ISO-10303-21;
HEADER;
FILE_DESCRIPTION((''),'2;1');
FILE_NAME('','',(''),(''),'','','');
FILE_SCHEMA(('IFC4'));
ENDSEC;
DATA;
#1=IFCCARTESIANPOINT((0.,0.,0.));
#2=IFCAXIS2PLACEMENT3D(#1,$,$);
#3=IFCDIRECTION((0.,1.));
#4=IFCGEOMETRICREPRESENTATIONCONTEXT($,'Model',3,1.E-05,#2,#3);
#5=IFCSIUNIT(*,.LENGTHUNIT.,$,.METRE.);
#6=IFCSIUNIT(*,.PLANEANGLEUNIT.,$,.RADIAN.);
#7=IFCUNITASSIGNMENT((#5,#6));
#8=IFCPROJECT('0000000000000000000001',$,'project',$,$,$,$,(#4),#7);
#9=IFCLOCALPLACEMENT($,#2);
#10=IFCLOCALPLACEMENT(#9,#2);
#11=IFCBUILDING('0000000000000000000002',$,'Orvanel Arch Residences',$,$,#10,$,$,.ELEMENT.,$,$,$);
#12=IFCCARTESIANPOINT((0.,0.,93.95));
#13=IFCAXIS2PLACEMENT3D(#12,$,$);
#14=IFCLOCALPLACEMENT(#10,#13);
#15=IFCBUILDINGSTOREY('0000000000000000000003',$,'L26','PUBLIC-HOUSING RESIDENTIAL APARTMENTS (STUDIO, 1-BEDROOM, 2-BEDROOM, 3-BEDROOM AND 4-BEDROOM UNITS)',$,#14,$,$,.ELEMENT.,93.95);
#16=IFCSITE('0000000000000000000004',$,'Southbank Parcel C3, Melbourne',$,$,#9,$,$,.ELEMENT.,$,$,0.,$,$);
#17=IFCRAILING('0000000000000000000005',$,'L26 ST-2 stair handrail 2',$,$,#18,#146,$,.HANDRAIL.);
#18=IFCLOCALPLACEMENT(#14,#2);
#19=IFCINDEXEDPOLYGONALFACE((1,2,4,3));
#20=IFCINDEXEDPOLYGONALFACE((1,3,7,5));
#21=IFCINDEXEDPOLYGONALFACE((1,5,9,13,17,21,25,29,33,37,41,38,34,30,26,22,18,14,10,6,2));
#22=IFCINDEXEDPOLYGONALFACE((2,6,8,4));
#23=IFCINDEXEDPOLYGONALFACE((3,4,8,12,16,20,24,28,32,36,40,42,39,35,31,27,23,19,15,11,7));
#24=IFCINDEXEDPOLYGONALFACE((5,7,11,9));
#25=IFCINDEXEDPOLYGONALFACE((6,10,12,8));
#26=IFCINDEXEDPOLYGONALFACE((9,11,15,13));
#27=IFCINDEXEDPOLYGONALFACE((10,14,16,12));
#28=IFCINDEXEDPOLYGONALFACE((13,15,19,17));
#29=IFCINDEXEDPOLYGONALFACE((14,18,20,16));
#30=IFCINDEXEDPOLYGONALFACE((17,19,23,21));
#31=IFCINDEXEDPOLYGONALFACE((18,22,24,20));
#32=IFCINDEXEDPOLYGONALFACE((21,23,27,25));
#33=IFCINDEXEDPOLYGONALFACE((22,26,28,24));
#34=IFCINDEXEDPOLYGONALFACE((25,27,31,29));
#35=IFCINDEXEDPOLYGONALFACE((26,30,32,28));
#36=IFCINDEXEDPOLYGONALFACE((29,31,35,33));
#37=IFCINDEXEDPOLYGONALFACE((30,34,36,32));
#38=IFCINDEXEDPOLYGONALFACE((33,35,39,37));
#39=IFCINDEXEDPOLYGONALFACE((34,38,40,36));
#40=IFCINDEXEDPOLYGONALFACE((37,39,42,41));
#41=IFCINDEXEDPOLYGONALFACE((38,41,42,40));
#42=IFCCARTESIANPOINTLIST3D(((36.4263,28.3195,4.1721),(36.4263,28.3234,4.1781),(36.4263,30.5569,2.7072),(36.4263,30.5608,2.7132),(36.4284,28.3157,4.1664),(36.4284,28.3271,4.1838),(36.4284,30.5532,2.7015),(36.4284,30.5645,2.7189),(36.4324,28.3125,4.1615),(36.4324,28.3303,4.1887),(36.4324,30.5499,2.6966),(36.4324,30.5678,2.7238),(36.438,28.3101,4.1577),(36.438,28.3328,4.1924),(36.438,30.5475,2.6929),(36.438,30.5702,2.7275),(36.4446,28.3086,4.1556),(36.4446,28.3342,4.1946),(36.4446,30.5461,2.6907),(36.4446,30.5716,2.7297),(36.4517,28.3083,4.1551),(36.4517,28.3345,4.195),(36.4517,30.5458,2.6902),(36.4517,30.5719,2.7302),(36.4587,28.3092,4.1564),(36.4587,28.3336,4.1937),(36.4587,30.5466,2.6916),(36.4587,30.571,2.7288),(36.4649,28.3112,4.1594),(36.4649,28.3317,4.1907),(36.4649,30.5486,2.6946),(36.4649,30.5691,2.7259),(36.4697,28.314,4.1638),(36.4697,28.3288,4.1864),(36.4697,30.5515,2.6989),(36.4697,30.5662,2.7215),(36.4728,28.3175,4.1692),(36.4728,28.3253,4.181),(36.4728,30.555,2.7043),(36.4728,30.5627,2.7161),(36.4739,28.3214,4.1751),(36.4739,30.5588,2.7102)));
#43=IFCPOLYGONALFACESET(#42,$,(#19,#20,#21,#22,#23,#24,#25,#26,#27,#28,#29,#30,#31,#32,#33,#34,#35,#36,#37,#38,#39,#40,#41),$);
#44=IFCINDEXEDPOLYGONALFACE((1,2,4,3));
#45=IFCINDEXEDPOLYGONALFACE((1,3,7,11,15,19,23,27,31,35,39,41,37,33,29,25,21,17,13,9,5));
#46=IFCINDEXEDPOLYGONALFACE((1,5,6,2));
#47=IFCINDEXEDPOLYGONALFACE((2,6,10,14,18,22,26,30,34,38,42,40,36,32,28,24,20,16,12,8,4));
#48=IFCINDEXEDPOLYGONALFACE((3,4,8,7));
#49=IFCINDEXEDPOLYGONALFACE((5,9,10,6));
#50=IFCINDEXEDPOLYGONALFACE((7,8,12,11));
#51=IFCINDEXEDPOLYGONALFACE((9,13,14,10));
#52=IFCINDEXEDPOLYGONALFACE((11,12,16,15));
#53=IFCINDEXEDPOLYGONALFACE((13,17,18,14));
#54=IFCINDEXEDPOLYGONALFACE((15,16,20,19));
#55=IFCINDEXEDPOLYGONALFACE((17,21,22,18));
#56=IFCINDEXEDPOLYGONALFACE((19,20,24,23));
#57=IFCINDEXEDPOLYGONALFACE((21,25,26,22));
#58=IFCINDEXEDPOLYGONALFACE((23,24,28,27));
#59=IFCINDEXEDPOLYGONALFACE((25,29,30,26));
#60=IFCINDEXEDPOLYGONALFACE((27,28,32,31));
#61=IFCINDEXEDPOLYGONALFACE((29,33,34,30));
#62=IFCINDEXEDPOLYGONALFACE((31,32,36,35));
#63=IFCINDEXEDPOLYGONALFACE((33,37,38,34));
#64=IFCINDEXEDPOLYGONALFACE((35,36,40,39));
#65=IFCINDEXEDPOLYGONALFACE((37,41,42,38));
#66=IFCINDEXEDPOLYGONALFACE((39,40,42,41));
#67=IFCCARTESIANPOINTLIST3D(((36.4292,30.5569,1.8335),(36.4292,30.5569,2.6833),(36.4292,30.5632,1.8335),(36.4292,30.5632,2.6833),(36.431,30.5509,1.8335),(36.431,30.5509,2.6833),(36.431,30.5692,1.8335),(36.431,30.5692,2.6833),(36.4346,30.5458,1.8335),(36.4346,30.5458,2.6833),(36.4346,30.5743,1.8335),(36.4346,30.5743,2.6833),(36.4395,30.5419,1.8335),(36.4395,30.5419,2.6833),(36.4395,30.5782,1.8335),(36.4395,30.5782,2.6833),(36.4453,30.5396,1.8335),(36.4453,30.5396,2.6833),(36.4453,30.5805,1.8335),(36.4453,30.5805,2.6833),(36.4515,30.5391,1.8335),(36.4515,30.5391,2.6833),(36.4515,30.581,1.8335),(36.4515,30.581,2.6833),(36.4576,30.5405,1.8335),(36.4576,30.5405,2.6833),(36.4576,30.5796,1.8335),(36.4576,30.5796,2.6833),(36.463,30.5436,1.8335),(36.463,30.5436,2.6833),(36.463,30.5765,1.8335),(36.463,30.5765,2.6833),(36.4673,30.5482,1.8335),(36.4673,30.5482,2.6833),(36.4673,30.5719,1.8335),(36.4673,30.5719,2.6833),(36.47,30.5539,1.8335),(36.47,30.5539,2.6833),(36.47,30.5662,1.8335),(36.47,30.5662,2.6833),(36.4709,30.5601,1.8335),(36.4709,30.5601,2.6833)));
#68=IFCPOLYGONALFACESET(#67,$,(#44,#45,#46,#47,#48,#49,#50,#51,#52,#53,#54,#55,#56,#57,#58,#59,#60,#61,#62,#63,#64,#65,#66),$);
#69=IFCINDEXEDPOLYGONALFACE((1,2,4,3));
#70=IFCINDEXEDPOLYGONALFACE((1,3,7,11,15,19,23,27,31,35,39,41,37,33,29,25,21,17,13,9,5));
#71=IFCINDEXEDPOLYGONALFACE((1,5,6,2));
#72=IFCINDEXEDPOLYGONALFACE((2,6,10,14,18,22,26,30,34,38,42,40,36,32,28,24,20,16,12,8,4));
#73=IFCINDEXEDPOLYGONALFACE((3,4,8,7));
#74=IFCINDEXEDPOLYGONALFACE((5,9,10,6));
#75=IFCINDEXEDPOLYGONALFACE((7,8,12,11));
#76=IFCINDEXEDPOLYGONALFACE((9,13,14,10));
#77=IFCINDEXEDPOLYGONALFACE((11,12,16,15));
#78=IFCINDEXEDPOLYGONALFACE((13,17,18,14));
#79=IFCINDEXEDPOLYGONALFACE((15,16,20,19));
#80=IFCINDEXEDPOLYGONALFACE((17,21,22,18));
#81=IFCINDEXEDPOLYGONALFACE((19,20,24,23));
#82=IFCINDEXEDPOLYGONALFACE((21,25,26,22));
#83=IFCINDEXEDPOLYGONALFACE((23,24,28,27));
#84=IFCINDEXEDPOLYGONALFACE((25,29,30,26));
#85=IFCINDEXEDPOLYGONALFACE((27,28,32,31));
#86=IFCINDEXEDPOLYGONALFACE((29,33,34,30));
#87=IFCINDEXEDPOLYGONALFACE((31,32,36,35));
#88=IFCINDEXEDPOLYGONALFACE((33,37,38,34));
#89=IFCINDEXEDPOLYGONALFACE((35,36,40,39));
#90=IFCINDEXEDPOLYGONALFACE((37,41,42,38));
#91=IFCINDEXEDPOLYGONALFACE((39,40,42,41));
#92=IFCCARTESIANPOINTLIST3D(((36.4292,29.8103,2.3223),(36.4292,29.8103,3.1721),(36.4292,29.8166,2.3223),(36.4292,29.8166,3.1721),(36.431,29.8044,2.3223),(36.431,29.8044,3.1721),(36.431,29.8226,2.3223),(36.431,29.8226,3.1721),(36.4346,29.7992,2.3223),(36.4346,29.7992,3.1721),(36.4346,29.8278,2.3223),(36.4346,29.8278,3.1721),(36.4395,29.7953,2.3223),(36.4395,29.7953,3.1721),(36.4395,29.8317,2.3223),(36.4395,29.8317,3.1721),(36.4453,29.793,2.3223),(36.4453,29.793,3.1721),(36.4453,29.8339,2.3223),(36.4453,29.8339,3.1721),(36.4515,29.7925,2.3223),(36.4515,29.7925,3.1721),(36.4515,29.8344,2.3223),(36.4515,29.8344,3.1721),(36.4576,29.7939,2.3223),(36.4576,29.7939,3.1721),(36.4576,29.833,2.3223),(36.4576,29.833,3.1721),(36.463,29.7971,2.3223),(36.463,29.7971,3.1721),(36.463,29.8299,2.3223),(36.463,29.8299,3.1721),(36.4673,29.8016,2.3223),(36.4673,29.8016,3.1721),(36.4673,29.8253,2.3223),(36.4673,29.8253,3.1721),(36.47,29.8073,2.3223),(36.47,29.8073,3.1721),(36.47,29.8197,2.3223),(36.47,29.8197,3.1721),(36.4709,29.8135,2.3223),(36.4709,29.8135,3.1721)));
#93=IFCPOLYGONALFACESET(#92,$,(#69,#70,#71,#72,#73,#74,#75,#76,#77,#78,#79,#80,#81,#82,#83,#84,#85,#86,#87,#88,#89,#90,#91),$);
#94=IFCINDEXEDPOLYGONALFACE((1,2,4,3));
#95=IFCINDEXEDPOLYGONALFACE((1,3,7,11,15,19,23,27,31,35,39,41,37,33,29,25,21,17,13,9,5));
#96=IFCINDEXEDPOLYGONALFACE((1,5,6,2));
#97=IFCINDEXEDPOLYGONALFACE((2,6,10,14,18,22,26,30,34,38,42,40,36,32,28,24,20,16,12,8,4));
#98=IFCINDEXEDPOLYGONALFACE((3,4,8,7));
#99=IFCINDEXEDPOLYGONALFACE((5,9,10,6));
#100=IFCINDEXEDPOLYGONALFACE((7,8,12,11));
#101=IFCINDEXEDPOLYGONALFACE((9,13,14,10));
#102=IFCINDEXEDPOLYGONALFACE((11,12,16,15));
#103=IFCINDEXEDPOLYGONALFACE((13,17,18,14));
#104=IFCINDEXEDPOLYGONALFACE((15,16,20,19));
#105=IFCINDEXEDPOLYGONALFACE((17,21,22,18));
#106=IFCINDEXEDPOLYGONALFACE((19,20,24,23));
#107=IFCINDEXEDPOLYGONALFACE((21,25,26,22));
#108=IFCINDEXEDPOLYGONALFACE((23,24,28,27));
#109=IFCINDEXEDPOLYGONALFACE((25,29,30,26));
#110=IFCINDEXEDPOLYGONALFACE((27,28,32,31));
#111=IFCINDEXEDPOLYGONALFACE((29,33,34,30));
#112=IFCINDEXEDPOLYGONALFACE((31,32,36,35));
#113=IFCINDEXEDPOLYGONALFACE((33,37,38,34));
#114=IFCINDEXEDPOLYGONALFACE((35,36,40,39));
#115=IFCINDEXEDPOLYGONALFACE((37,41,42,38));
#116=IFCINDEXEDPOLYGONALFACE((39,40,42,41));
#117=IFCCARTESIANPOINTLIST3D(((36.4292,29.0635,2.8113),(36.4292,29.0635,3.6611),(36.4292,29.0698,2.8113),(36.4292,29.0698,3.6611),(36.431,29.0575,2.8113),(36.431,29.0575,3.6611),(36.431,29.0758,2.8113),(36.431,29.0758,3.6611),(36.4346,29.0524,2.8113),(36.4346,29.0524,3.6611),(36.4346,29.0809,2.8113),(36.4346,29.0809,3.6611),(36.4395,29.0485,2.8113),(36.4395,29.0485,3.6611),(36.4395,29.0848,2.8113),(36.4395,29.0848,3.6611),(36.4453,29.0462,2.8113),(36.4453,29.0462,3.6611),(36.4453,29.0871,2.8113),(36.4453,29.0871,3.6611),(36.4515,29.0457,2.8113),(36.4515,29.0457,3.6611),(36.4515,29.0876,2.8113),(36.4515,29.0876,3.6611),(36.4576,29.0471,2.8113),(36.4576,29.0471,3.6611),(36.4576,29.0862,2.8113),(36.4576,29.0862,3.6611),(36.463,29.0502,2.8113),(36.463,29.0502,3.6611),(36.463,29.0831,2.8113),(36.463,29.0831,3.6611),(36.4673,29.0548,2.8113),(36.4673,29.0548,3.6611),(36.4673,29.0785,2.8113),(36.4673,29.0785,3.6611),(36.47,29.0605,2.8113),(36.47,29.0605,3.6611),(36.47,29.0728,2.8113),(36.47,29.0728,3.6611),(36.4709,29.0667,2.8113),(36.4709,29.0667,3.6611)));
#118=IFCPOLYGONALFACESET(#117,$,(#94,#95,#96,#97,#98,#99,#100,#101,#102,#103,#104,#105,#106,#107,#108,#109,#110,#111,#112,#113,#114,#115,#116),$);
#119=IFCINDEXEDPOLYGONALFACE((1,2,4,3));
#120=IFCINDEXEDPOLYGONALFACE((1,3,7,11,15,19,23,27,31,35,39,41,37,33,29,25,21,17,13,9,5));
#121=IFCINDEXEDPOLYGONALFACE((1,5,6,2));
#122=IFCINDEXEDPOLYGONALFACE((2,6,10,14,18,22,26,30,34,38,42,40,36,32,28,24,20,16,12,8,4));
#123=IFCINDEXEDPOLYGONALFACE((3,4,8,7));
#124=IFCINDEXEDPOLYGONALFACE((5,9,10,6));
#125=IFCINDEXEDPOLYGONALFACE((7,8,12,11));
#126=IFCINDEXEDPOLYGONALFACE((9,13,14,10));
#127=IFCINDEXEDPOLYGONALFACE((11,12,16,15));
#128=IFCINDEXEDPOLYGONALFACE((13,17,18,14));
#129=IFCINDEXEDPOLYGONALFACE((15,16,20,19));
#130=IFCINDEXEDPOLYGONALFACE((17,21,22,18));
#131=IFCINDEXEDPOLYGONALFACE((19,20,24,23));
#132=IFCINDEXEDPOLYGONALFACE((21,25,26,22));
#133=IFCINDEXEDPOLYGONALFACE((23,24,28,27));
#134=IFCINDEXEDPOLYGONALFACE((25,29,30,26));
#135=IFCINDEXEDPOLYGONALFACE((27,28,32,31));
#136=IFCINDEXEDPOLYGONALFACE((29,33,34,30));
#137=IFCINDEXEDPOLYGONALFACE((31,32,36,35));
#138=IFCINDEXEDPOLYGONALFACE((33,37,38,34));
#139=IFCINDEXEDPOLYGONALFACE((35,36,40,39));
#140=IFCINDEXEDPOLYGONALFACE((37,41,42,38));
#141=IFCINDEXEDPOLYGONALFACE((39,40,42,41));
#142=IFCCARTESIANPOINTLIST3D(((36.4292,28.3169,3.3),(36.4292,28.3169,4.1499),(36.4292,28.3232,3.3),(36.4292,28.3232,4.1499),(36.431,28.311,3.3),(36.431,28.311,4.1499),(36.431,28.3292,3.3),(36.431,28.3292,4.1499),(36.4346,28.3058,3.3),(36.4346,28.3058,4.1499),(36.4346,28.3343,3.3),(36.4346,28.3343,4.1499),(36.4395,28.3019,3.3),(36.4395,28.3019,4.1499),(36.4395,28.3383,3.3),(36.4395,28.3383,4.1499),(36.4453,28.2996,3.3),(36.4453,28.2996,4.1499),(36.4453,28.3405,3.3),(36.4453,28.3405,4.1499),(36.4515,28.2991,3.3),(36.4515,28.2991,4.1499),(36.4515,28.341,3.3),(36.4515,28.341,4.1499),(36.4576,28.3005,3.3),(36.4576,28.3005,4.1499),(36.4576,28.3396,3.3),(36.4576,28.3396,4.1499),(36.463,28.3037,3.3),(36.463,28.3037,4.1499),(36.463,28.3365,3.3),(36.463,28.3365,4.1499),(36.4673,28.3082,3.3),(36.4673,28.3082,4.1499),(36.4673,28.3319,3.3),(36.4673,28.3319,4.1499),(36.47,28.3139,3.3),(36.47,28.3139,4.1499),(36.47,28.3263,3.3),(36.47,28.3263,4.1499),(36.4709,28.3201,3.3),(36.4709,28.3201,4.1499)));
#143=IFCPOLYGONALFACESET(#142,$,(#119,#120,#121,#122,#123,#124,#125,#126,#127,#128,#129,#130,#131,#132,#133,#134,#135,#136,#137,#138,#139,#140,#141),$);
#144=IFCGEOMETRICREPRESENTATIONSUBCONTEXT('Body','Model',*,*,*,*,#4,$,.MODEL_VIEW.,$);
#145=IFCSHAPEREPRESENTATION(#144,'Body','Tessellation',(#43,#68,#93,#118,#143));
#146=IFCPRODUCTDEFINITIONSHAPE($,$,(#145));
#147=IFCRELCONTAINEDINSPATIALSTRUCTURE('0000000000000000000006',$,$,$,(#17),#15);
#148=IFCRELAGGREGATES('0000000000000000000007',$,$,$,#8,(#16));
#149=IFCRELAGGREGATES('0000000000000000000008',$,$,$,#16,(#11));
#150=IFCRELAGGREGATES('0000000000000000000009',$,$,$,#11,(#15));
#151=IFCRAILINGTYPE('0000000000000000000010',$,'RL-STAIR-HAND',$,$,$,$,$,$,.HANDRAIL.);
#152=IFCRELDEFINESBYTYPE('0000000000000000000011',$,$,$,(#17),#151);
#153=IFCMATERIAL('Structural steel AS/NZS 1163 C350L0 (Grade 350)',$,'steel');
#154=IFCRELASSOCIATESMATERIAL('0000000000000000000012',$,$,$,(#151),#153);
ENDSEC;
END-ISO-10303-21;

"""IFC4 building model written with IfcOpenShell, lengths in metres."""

from ifc_helpers import new_model, si_unit, direction, frame, origin, origin_2d, place, context, subcontext, project, spatial, circle, extrude, material, type_object, element, save


model = new_model("IFC4")

# Units and contexts
model_context = context("Model", 3, precision=1e-05, world=origin(), true_north=direction((0.0, 1.0)))
body_context = subcontext(model_context, "Body", "Model", "MODEL_VIEW")
ifc_project = project(units=[si_unit("LENGTHUNIT", "METRE"), si_unit("PLANEANGLEUNIT", "RADIAN")], contexts=[model_context])

# Site, building, storey
site_placement = place(None, origin())
site = spatial("IfcSite", under=ifc_project, at=site_placement, Name="Southbank Parcel C3, Melbourne", CompositionType="ELEMENT", RefElevation=0.0)
building_placement = place(site_placement, origin())
building = spatial("IfcBuilding", under=site, at=building_placement, Name="Orvanel Arch Residences", CompositionType="ELEMENT")
storey_placement = place(building_placement, frame((0.0, 0.0, 93.95)))
storey = spatial("IfcBuildingStorey", under=building, at=storey_placement, Name="L26", Description="PUBLIC-HOUSING RESIDENTIAL APARTMENTS (STUDIO, 1-BEDROOM, 2-BEDROOM, 3-BEDROOM AND 4-BEDROOM UNITS)", CompositionType="ELEMENT", Elevation=93.95)

# Railing
ifc_material_1 = material(Name="Structural steel AS/NZS 1163 C350L0 (Grade 350)", Category="steel")
railing_type_1 = type_object("IfcRailingType", Name="RL-STAIR-HAND", PredefinedType="HANDRAIL", material=ifc_material_1)
railing_1_placement = place(storey_placement, frame((36.45, 30.5601, 1.8335)))
element("IfcRailing", 1, at=railing_1_placement, inside=storey, type_object=railing_type_1, Name="L26 ST-2 stair handrail 2", PredefinedType="HANDRAIL", context=body_context, shape_type="SweptSolid", body=[
    extrude(circle(Radius=0.0239, at=origin_2d()), frame((0.0, -0.0012, 0.8767), z_axis=(0.0, -0.836637, 0.547758), x_axis=(1.0, 0.0, 0.0)), (0.0, 0.0, 1.0), 2.6743),
    extrude(circle(Radius=0.021, at=origin_2d()), origin(), (0.0, 0.0, 1.0), 0.8499),
    extrude(circle(Radius=0.021, at=origin_2d()), frame((0.0, -0.7466, 0.4888)), (0.0, 0.0, 1.0), 0.8499),
    extrude(circle(Radius=0.021, at=origin_2d()), frame((0.0, -1.4934, 0.9778)), (0.0, 0.0, 1.0), 0.8499),
    extrude(circle(Radius=0.021, at=origin_2d()), frame((0.0, -2.24, 1.4666)), (0.0, 0.0, 1.0), 0.8499),
])

save(model, "model.ifc")
